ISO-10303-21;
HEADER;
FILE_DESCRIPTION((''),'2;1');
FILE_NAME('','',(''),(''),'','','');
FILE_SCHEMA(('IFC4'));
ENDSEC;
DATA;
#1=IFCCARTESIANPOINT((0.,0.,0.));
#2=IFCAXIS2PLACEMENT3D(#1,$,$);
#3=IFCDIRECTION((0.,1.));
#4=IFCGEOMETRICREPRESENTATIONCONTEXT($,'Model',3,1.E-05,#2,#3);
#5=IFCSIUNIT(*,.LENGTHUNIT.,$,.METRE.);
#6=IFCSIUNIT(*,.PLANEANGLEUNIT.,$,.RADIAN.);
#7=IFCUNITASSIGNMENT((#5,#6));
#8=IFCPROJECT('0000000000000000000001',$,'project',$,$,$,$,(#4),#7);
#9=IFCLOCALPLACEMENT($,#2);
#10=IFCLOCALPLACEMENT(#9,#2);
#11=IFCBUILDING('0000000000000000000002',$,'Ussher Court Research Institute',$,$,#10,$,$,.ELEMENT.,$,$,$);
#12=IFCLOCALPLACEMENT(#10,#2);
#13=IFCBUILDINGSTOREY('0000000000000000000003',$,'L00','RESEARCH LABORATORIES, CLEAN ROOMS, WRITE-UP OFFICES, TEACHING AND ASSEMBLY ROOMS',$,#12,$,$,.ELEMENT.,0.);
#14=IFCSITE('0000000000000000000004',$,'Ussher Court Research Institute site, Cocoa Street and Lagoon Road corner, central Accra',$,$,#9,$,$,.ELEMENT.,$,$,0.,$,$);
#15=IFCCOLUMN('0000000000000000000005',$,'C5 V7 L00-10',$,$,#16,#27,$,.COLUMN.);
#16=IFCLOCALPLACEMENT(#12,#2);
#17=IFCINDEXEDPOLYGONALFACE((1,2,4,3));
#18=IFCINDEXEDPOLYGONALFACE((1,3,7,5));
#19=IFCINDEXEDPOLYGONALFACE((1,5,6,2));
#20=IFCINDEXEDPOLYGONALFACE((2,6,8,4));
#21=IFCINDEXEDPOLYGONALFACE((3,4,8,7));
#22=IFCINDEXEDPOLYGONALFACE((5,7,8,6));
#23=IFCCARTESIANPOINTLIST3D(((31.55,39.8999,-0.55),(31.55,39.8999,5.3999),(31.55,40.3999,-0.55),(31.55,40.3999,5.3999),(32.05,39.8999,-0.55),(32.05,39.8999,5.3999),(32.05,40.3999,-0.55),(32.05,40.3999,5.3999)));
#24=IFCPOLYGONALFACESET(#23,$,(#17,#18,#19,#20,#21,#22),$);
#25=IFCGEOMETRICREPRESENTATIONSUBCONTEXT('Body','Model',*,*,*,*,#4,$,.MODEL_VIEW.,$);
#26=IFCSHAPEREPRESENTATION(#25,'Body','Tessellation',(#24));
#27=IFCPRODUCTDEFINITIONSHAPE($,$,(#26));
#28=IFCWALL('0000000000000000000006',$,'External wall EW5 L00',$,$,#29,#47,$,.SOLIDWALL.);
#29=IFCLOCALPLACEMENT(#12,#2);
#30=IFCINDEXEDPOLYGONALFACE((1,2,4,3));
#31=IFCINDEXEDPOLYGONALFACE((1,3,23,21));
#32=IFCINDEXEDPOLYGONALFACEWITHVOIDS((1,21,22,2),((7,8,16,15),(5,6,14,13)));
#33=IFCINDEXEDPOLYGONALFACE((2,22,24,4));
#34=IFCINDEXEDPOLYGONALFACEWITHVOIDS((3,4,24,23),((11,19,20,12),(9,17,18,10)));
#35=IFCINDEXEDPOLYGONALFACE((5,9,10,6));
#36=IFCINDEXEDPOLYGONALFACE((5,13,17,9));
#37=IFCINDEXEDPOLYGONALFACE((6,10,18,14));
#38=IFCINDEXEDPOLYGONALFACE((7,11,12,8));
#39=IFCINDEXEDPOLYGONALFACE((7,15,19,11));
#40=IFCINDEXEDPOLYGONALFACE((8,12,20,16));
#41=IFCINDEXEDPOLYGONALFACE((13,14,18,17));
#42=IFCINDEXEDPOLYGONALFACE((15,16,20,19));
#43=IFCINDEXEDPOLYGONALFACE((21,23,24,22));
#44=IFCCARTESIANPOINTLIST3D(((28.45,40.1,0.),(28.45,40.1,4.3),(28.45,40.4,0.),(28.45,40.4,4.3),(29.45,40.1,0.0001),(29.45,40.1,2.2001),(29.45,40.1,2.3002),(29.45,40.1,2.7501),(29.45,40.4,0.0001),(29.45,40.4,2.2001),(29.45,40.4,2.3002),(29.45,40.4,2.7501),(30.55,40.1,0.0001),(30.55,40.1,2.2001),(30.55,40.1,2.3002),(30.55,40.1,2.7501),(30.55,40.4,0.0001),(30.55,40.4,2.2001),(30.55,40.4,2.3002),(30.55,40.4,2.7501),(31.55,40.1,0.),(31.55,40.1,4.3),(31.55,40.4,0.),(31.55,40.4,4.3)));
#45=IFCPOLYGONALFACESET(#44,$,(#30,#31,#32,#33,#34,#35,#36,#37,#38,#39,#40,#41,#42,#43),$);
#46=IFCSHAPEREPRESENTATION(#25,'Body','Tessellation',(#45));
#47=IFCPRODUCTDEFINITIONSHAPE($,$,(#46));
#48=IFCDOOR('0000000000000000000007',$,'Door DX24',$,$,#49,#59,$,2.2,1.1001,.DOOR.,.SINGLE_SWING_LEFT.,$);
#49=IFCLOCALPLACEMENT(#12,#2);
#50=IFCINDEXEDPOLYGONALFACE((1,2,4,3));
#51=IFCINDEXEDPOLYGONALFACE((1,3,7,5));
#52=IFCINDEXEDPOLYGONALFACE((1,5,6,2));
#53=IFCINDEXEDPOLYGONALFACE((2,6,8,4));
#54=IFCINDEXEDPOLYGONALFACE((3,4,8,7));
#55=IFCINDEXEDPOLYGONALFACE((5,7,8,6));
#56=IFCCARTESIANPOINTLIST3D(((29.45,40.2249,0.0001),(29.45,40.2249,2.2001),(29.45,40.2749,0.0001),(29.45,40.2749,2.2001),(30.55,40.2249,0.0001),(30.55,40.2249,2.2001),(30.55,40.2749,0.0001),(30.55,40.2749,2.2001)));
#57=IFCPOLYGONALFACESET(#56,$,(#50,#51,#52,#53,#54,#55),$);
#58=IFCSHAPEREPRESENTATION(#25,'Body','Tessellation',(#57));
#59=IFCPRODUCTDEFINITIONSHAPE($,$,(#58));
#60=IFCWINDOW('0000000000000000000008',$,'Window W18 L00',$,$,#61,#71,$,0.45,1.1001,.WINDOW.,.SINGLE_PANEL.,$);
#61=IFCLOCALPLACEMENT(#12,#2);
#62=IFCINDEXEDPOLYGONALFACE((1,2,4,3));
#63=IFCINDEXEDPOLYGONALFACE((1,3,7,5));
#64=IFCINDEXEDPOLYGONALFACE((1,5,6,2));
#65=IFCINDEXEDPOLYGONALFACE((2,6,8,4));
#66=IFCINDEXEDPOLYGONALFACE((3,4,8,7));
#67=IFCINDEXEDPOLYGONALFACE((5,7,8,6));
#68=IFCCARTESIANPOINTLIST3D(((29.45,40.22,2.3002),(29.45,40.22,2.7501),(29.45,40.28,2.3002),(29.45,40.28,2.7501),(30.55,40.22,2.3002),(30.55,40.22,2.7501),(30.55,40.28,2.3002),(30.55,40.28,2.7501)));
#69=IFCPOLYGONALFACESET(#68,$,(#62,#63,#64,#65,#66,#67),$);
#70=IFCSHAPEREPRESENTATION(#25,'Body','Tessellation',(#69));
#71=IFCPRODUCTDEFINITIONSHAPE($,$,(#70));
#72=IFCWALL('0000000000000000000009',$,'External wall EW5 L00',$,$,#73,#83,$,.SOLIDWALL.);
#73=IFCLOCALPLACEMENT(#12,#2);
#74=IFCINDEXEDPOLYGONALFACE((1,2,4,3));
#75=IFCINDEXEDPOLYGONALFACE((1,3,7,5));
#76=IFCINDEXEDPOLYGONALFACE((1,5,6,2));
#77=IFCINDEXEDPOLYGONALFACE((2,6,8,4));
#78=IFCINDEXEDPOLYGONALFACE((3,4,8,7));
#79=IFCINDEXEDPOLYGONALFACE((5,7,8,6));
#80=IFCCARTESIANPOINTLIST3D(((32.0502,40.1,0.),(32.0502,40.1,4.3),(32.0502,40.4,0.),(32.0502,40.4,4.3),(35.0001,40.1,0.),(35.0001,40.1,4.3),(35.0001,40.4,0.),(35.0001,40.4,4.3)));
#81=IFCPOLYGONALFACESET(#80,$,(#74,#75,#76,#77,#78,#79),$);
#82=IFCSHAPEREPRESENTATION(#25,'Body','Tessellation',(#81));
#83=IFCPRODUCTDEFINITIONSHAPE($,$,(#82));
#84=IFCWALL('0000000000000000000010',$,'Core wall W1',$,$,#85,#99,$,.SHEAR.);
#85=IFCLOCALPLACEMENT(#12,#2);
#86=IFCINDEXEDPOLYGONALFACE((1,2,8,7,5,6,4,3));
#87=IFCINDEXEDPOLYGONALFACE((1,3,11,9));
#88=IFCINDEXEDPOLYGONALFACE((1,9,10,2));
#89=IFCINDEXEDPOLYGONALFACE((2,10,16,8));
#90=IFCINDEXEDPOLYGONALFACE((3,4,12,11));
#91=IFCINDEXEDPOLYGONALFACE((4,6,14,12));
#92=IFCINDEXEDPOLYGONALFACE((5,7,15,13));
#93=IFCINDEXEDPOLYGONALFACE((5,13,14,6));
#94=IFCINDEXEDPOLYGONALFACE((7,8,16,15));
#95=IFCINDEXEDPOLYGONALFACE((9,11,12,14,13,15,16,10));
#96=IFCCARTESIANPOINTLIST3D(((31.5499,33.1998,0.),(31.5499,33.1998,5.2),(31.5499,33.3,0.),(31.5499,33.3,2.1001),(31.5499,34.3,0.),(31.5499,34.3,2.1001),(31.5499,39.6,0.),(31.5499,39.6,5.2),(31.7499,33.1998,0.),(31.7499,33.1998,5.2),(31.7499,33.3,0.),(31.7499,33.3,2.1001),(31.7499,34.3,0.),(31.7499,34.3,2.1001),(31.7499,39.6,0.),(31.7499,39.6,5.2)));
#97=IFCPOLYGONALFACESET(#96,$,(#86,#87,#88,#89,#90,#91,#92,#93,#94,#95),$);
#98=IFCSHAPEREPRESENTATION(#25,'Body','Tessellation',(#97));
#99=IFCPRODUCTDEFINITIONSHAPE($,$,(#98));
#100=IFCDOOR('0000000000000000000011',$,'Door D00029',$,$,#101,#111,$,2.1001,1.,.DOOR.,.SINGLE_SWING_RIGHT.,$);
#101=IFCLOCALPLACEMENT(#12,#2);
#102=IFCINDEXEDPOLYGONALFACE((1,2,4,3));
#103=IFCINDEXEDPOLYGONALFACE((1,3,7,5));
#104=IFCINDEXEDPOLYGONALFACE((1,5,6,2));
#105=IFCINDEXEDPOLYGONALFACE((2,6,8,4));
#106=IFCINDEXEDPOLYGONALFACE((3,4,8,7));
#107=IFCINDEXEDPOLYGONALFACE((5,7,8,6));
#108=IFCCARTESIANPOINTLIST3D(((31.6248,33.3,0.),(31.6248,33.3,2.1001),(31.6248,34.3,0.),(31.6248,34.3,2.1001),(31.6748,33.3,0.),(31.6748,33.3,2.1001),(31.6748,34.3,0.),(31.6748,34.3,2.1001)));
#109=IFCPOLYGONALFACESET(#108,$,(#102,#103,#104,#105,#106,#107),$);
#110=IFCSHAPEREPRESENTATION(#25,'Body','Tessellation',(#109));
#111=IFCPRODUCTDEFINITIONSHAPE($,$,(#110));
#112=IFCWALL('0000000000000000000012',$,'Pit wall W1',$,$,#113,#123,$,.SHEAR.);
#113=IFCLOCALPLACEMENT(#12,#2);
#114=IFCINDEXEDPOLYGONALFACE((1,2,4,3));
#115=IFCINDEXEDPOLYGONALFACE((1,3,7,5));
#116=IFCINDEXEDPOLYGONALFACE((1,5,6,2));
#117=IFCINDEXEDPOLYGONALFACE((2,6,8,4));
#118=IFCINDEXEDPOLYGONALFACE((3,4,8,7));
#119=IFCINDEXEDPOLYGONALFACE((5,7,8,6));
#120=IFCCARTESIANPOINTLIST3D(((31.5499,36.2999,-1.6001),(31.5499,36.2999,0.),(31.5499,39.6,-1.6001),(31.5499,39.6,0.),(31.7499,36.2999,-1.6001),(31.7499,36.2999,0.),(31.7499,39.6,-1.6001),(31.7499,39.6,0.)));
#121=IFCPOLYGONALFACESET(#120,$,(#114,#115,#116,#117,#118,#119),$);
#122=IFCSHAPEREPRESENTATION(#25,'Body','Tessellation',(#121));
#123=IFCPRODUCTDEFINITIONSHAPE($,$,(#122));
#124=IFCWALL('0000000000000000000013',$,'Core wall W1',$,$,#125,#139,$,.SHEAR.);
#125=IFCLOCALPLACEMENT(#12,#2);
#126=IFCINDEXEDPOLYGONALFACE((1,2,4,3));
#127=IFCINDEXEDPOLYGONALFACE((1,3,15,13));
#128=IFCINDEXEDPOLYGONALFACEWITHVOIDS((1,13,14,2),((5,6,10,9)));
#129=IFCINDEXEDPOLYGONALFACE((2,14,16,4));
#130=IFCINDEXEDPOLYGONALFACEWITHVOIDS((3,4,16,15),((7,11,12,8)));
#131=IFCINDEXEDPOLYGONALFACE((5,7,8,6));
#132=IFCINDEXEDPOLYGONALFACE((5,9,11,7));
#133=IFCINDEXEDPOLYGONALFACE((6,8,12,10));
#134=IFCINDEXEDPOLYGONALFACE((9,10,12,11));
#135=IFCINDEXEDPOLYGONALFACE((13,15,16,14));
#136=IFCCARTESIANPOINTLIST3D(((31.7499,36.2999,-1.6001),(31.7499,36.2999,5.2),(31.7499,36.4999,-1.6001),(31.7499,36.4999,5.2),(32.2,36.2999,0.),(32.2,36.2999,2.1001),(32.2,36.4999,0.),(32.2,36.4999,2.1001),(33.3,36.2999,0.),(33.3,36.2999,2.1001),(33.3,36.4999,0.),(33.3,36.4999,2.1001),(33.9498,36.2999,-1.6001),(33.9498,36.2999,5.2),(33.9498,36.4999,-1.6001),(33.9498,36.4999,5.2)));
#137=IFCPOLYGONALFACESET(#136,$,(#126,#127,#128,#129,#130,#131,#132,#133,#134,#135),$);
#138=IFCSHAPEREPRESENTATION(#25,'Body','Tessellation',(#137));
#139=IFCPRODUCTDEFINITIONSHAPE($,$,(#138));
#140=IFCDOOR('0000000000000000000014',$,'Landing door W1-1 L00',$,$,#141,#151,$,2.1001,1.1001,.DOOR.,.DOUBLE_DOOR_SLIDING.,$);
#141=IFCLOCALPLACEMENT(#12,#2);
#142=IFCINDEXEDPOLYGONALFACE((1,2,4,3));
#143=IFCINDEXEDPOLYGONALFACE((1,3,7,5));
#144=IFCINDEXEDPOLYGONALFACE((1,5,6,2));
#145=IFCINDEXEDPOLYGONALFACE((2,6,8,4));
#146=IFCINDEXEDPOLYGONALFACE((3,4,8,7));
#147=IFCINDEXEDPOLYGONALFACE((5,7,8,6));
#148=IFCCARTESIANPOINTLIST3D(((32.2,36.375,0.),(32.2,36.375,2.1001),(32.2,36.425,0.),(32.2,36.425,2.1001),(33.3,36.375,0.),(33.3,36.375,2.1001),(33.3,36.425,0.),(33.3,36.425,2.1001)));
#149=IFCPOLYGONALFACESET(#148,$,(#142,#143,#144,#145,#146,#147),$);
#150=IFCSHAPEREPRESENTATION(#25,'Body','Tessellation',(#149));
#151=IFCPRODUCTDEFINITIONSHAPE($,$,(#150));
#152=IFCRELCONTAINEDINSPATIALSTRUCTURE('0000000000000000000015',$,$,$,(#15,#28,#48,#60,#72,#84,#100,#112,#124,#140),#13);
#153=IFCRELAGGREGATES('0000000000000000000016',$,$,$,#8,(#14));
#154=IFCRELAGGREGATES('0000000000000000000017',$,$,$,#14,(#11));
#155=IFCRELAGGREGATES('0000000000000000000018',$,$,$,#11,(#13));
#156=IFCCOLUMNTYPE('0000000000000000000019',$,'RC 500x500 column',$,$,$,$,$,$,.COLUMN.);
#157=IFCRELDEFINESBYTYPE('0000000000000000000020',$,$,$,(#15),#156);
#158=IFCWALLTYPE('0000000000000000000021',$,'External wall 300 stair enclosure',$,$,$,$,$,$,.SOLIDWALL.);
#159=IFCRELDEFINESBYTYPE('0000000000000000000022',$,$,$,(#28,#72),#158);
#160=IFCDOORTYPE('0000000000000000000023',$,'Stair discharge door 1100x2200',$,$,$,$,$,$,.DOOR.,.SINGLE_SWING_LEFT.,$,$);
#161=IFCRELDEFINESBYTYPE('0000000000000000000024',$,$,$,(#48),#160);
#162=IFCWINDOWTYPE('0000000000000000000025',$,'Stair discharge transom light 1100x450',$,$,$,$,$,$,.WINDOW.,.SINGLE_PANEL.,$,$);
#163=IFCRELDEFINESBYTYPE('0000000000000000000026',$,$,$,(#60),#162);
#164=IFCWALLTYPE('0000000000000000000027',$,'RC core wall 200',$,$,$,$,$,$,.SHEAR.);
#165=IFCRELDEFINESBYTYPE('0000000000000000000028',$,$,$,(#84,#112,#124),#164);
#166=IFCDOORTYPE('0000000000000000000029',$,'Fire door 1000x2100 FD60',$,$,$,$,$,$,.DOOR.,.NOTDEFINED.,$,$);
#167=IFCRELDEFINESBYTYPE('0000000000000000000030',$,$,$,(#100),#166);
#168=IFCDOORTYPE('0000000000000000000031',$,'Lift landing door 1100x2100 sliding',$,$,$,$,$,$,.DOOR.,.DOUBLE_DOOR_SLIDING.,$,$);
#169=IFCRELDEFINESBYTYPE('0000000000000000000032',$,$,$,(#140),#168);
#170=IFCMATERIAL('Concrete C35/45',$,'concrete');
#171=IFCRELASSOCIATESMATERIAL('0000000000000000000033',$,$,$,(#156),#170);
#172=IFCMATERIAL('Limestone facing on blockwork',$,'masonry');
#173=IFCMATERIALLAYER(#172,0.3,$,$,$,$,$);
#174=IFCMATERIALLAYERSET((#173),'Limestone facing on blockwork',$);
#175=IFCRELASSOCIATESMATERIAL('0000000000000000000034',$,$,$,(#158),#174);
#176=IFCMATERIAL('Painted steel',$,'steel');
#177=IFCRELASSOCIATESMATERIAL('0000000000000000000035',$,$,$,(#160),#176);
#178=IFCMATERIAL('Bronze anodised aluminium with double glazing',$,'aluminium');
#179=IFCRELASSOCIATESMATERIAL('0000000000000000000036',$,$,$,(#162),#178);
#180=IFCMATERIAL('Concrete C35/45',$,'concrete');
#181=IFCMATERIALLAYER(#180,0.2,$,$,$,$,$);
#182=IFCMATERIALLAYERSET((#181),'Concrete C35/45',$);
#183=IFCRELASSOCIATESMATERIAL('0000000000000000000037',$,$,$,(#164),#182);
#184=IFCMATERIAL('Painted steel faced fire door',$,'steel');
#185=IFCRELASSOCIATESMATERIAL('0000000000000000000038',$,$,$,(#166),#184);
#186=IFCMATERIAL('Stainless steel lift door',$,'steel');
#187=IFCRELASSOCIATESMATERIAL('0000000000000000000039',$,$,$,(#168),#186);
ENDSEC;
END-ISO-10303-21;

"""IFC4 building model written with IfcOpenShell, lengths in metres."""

from ifc_helpers import new_model, si_unit, direction, frame, frame_2d, origin, origin_2d, place, context, subcontext, project, spatial, rectangle, extrude, material, layer, layer_set, material_profile, profile_set, type_object, element, fill, save


model = new_model("IFC4")

# Units and contexts
model_context = context("Model", 3, precision=1e-05, world=origin(), true_north=direction((0.0, 1.0)))
body_context = subcontext(model_context, "Body", "Model", "MODEL_VIEW")
ifc_project = project(units=[si_unit("LENGTHUNIT", "METRE"), si_unit("PLANEANGLEUNIT", "RADIAN")], contexts=[model_context])

# Site, building, storey
site_placement = place(None, origin())
site = spatial("IfcSite", under=ifc_project, at=site_placement, Name="Ussher Court Research Institute site, Cocoa Street and Lagoon Road corner, central Accra", CompositionType="ELEMENT", RefElevation=0.0)
building_placement = place(site_placement, origin())
building = spatial("IfcBuilding", under=site, at=building_placement, Name="Ussher Court Research Institute", CompositionType="ELEMENT")
storey_placement = place(building_placement, origin())
storey = spatial("IfcBuildingStorey", under=building, at=storey_placement, Name="L00", Description="RESEARCH LABORATORIES, CLEAN ROOMS, WRITE-UP OFFICES, TEACHING AND ASSEMBLY ROOMS", CompositionType="ELEMENT", Elevation=0.0)

# Column
ifc_material_1 = material(Name="Concrete C35/45", Category="concrete")
ifc_material_profile_1 = material_profile(ifc_material_1, rectangle(XDim=0.5, YDim=0.5, at=origin_2d()), Name="RC 500x500")
ifc_profile_set_1 = profile_set([ifc_material_profile_1], Name="Concrete C35/45")
column_type = type_object("IfcColumnType", Name="RC 500x500 column", PredefinedType="COLUMN", material=ifc_profile_set_1)
for number, where, z_axis, x_axis, name in (
    (1, (31.8, 40.1499, -0.55), (0.0, 0.0, 1.0), (1.0, 0.0, 0.0), "C5 V7 L00-10"),
):
    element("IfcColumn", number, at=place(storey_placement, frame(where, z_axis=z_axis, x_axis=x_axis)), inside=storey, type_object=column_type, Name=name, PredefinedType="COLUMN", context=body_context, shape_type="SweptSolid", body=[
        extrude(rectangle(XDim=0.5, YDim=0.5, at=origin_2d()), origin(), (0.0, 0.0, 1.0), 5.95),
    ])

# Wall, openings, door, window
ifc_material_2 = material(Name="Limestone facing on blockwork", Category="masonry")
ifc_layer_1 = layer(ifc_material_2, 0.3)
ifc_layer_set_1 = layer_set([ifc_layer_1], Name="Limestone facing on blockwork")
wall_type_1 = type_object("IfcWallType", Name="External wall 300 stair enclosure", PredefinedType="SOLIDWALL", material=ifc_layer_set_1)
wall_1_placement = place(storey_placement, frame((28.45, 40.25, 0.0), z_axis=(0.0, 0.0, 1.0), x_axis=(1.0, 0.0, 0.0)))
wall_1 = element("IfcWall", 2, at=wall_1_placement, inside=storey, type_object=wall_type_1, Name="External wall EW5 L00", PredefinedType="SOLIDWALL", context=body_context, shape_type="SweptSolid", body=[
    extrude(rectangle(XDim=3.1001, YDim=0.3, at=frame_2d((1.55, 0.0))), origin(), (0.0, 0.0, 1.0), 4.3),
])
opening_1_placement = place(wall_1_placement, frame((1.0, 0.0, 0.0)))
opening_1 = element("IfcOpeningElement", 3, at=opening_1_placement, cuts=wall_1, PredefinedType="OPENING", context=body_context, shape_type="SweptSolid", body=[
    extrude(rectangle(XDim=1.1001, YDim=2.2, at=frame_2d((0.55, 1.1001))), frame((0.0, 0.1602, 0.0), z_axis=(0.0, -1.0, 0.0), x_axis=(1.0, 0.0, 0.0)), (0.0, 0.0, 1.0), 0.3201),
])
opening_2_placement = place(wall_1_placement, frame((1.0, 0.0, 2.3)))
opening_2 = element("IfcOpeningElement", 4, at=opening_2_placement, cuts=wall_1, PredefinedType="OPENING", context=body_context, shape_type="SweptSolid", body=[
    extrude(rectangle(XDim=1.1001, YDim=0.45, at=frame_2d((0.55, 0.2251))), frame((0.0, 0.1602, 0.0), z_axis=(0.0, -1.0, 0.0), x_axis=(1.0, 0.0, 0.0)), (0.0, 0.0, 1.0), 0.3201),
])
ifc_material_3 = material(Name="Painted steel", Category="steel")
door_type_1 = type_object("IfcDoorType", Name="Stair discharge door 1100x2200", OperationType="SINGLE_SWING_LEFT", PredefinedType="DOOR", material=ifc_material_3)
door_1_placement = place(opening_1_placement, origin())
door_1 = element("IfcDoor", 5, at=door_1_placement, inside=storey, type_object=door_type_1, Name="Door DX24", OperationType="SINGLE_SWING_LEFT", OverallHeight=2.2, OverallWidth=1.1001, PredefinedType="DOOR", context=body_context, shape_type="SweptSolid", body=[
    extrude(rectangle(XDim=1.1001, YDim=2.2, at=frame_2d((0.55, 1.1001))), frame((0.0, 0.0249, 0.0), z_axis=(0.0, -1.0, 0.0), x_axis=(1.0, 0.0, 0.0)), (0.0, 0.0, 1.0), 0.05),
])
fill(opening_1, door_1)
ifc_material_4 = material(Name="Bronze anodised aluminium with double glazing", Category="aluminium")
window_type = type_object("IfcWindowType", Name="Stair discharge transom light 1100x450", PartitioningType="SINGLE_PANEL", PredefinedType="WINDOW", material=ifc_material_4)
window_placement = place(opening_2_placement, origin())
window = element("IfcWindow", 6, at=window_placement, inside=storey, type_object=window_type, Name="Window W18 L00", OverallHeight=0.45, OverallWidth=1.1001, PartitioningType="SINGLE_PANEL", PredefinedType="WINDOW", context=body_context, shape_type="SweptSolid", body=[
    extrude(rectangle(XDim=1.1001, YDim=0.45, at=frame_2d((0.55, 0.2251))), frame((0.0, 0.03, 0.0), z_axis=(0.0, -1.0, 0.0), x_axis=(1.0, 0.0, 0.0)), (0.0, 0.0, 1.0), 0.0601),
])
fill(opening_2, window)

# Wall
wall_2_placement = place(storey_placement, frame((32.05, 40.25, 0.0), z_axis=(0.0, 0.0, 1.0), x_axis=(1.0, 0.0, 0.0)))
element("IfcWall", 7, at=wall_2_placement, inside=storey, type_object=wall_type_1, Name="External wall EW5 L00", PredefinedType="SOLIDWALL", context=body_context, shape_type="SweptSolid", body=[
    extrude(rectangle(XDim=2.95, YDim=0.3, at=frame_2d((1.4751, 0.0))), origin(), (0.0, 0.0, 1.0), 4.3),
])

# Wall, opening, door
ifc_material_5 = material(Name="Concrete C35/45", Category="concrete")
ifc_layer_2 = layer(ifc_material_5, 0.2)
ifc_layer_set_2 = layer_set([ifc_layer_2], Name="Concrete C35/45")
wall_type_2 = type_object("IfcWallType", Name="RC core wall 200", PredefinedType="SHEAR", material=ifc_layer_set_2)
wall_3_placement = place(storey_placement, frame((31.6499, 39.6001, 0.0), z_axis=(0.0, 0.0, 1.0), x_axis=(0.0, -1.0, 0.0)))
wall_3 = element("IfcWall", 8, at=wall_3_placement, inside=storey, type_object=wall_type_2, Name="Core wall W1", PredefinedType="SHEAR", context=body_context, shape_type="SweptSolid", body=[
    extrude(rectangle(XDim=6.4001, YDim=0.2, at=frame_2d((3.2002, 0.0))), origin(), (0.0, 0.0, 1.0), 5.2),
])
opening_3_placement = place(wall_3_placement, frame((5.3, 0.0, 0.0)))
opening_3 = element("IfcOpeningElement", 9, at=opening_3_placement, cuts=wall_3, PredefinedType="OPENING", context=body_context, shape_type="SweptSolid", body=[
    extrude(rectangle(XDim=1.0, YDim=2.1001, at=frame_2d((0.5, 1.05))), frame((0.0, 0.1099, 0.0), z_axis=(0.0, -1.0, 0.0), x_axis=(1.0, 0.0, 0.0)), (0.0, 0.0, 1.0), 0.22),
])
ifc_material_6 = material(Name="Painted steel faced fire door", Category="steel")
door_type_2 = type_object("IfcDoorType", Name="Fire door 1000x2100 FD60", OperationType="NOTDEFINED", PredefinedType="DOOR", material=ifc_material_6)
door_2_placement = place(opening_3_placement, origin())
door_2 = element("IfcDoor", 10, at=door_2_placement, inside=storey, type_object=door_type_2, Name="Door D00029", OperationType="SINGLE_SWING_RIGHT", OverallHeight=2.1001, OverallWidth=1.0, PredefinedType="DOOR", context=body_context, shape_type="SweptSolid", body=[
    extrude(rectangle(XDim=1.0, YDim=2.1001, at=frame_2d((0.5, 1.05))), frame((0.0, 0.0249, 0.0), z_axis=(0.0, -1.0, 0.0), x_axis=(1.0, 0.0, 0.0)), (0.0, 0.0, 1.0), 0.05),
])
fill(opening_3, door_2)

# Wall
wall_4_placement = place(storey_placement, frame((31.6499, 36.3, -1.6001), z_axis=(0.0, 0.0, 1.0), x_axis=(0.0, 1.0, 0.0)))
element("IfcWall", 11, at=wall_4_placement, inside=storey, type_object=wall_type_2, Name="Pit wall W1", PredefinedType="SHEAR", context=body_context, shape_type="SweptSolid", body=[
    extrude(rectangle(XDim=3.3, YDim=0.2, at=frame_2d((1.6499, 0.0))), origin(), (0.0, 0.0, 1.0), 1.6001),
])

# Wall, opening, door
wall_5_placement = place(storey_placement, frame((33.95, 36.3999, -1.6001), z_axis=(0.0, 0.0, 1.0), x_axis=(-1.0, 0.0, 0.0)))
wall_5 = element("IfcWall", 12, at=wall_5_placement, inside=storey, type_object=wall_type_2, Name="Core wall W1", PredefinedType="SHEAR", context=body_context, shape_type="SweptSolid", body=[
    extrude(rectangle(XDim=2.2, YDim=0.2, at=frame_2d((1.1001, 0.0))), origin(), (0.0, 0.0, 1.0), 6.8),
])
opening_4_placement = place(wall_5_placement, frame((0.6499, 0.0, 1.6001)))
opening_4 = element("IfcOpeningElement", 13, at=opening_4_placement, cuts=wall_5, PredefinedType="OPENING", context=body_context, shape_type="SweptSolid", body=[
    extrude(rectangle(XDim=1.1001, YDim=2.1001, at=frame_2d((0.55, 1.05))), frame((0.0, 0.1099, 0.0), z_axis=(0.0, -1.0, 0.0), x_axis=(1.0, 0.0, 0.0)), (0.0, 0.0, 1.0), 0.22),
])
ifc_material_7 = material(Name="Stainless steel lift door", Category="steel")
door_type_3 = type_object("IfcDoorType", Name="Lift landing door 1100x2100 sliding", OperationType="DOUBLE_DOOR_SLIDING", PredefinedType="DOOR", material=ifc_material_7)
door_3_placement = place(opening_4_placement, origin())
door_3 = element("IfcDoor", 14, at=door_3_placement, inside=storey, type_object=door_type_3, Name="Landing door W1-1 L00", OperationType="DOUBLE_DOOR_SLIDING", OverallHeight=2.1001, OverallWidth=1.1001, PredefinedType="DOOR", context=body_context, shape_type="SweptSolid", body=[
    extrude(rectangle(XDim=1.1001, YDim=2.1001, at=frame_2d((0.55, 1.05))), frame((0.0, 0.0249, 0.0), z_axis=(0.0, -1.0, 0.0), x_axis=(1.0, 0.0, 0.0)), (0.0, 0.0, 1.0), 0.05),
])
fill(opening_4, door_3)

save(model, "model.ifc")
